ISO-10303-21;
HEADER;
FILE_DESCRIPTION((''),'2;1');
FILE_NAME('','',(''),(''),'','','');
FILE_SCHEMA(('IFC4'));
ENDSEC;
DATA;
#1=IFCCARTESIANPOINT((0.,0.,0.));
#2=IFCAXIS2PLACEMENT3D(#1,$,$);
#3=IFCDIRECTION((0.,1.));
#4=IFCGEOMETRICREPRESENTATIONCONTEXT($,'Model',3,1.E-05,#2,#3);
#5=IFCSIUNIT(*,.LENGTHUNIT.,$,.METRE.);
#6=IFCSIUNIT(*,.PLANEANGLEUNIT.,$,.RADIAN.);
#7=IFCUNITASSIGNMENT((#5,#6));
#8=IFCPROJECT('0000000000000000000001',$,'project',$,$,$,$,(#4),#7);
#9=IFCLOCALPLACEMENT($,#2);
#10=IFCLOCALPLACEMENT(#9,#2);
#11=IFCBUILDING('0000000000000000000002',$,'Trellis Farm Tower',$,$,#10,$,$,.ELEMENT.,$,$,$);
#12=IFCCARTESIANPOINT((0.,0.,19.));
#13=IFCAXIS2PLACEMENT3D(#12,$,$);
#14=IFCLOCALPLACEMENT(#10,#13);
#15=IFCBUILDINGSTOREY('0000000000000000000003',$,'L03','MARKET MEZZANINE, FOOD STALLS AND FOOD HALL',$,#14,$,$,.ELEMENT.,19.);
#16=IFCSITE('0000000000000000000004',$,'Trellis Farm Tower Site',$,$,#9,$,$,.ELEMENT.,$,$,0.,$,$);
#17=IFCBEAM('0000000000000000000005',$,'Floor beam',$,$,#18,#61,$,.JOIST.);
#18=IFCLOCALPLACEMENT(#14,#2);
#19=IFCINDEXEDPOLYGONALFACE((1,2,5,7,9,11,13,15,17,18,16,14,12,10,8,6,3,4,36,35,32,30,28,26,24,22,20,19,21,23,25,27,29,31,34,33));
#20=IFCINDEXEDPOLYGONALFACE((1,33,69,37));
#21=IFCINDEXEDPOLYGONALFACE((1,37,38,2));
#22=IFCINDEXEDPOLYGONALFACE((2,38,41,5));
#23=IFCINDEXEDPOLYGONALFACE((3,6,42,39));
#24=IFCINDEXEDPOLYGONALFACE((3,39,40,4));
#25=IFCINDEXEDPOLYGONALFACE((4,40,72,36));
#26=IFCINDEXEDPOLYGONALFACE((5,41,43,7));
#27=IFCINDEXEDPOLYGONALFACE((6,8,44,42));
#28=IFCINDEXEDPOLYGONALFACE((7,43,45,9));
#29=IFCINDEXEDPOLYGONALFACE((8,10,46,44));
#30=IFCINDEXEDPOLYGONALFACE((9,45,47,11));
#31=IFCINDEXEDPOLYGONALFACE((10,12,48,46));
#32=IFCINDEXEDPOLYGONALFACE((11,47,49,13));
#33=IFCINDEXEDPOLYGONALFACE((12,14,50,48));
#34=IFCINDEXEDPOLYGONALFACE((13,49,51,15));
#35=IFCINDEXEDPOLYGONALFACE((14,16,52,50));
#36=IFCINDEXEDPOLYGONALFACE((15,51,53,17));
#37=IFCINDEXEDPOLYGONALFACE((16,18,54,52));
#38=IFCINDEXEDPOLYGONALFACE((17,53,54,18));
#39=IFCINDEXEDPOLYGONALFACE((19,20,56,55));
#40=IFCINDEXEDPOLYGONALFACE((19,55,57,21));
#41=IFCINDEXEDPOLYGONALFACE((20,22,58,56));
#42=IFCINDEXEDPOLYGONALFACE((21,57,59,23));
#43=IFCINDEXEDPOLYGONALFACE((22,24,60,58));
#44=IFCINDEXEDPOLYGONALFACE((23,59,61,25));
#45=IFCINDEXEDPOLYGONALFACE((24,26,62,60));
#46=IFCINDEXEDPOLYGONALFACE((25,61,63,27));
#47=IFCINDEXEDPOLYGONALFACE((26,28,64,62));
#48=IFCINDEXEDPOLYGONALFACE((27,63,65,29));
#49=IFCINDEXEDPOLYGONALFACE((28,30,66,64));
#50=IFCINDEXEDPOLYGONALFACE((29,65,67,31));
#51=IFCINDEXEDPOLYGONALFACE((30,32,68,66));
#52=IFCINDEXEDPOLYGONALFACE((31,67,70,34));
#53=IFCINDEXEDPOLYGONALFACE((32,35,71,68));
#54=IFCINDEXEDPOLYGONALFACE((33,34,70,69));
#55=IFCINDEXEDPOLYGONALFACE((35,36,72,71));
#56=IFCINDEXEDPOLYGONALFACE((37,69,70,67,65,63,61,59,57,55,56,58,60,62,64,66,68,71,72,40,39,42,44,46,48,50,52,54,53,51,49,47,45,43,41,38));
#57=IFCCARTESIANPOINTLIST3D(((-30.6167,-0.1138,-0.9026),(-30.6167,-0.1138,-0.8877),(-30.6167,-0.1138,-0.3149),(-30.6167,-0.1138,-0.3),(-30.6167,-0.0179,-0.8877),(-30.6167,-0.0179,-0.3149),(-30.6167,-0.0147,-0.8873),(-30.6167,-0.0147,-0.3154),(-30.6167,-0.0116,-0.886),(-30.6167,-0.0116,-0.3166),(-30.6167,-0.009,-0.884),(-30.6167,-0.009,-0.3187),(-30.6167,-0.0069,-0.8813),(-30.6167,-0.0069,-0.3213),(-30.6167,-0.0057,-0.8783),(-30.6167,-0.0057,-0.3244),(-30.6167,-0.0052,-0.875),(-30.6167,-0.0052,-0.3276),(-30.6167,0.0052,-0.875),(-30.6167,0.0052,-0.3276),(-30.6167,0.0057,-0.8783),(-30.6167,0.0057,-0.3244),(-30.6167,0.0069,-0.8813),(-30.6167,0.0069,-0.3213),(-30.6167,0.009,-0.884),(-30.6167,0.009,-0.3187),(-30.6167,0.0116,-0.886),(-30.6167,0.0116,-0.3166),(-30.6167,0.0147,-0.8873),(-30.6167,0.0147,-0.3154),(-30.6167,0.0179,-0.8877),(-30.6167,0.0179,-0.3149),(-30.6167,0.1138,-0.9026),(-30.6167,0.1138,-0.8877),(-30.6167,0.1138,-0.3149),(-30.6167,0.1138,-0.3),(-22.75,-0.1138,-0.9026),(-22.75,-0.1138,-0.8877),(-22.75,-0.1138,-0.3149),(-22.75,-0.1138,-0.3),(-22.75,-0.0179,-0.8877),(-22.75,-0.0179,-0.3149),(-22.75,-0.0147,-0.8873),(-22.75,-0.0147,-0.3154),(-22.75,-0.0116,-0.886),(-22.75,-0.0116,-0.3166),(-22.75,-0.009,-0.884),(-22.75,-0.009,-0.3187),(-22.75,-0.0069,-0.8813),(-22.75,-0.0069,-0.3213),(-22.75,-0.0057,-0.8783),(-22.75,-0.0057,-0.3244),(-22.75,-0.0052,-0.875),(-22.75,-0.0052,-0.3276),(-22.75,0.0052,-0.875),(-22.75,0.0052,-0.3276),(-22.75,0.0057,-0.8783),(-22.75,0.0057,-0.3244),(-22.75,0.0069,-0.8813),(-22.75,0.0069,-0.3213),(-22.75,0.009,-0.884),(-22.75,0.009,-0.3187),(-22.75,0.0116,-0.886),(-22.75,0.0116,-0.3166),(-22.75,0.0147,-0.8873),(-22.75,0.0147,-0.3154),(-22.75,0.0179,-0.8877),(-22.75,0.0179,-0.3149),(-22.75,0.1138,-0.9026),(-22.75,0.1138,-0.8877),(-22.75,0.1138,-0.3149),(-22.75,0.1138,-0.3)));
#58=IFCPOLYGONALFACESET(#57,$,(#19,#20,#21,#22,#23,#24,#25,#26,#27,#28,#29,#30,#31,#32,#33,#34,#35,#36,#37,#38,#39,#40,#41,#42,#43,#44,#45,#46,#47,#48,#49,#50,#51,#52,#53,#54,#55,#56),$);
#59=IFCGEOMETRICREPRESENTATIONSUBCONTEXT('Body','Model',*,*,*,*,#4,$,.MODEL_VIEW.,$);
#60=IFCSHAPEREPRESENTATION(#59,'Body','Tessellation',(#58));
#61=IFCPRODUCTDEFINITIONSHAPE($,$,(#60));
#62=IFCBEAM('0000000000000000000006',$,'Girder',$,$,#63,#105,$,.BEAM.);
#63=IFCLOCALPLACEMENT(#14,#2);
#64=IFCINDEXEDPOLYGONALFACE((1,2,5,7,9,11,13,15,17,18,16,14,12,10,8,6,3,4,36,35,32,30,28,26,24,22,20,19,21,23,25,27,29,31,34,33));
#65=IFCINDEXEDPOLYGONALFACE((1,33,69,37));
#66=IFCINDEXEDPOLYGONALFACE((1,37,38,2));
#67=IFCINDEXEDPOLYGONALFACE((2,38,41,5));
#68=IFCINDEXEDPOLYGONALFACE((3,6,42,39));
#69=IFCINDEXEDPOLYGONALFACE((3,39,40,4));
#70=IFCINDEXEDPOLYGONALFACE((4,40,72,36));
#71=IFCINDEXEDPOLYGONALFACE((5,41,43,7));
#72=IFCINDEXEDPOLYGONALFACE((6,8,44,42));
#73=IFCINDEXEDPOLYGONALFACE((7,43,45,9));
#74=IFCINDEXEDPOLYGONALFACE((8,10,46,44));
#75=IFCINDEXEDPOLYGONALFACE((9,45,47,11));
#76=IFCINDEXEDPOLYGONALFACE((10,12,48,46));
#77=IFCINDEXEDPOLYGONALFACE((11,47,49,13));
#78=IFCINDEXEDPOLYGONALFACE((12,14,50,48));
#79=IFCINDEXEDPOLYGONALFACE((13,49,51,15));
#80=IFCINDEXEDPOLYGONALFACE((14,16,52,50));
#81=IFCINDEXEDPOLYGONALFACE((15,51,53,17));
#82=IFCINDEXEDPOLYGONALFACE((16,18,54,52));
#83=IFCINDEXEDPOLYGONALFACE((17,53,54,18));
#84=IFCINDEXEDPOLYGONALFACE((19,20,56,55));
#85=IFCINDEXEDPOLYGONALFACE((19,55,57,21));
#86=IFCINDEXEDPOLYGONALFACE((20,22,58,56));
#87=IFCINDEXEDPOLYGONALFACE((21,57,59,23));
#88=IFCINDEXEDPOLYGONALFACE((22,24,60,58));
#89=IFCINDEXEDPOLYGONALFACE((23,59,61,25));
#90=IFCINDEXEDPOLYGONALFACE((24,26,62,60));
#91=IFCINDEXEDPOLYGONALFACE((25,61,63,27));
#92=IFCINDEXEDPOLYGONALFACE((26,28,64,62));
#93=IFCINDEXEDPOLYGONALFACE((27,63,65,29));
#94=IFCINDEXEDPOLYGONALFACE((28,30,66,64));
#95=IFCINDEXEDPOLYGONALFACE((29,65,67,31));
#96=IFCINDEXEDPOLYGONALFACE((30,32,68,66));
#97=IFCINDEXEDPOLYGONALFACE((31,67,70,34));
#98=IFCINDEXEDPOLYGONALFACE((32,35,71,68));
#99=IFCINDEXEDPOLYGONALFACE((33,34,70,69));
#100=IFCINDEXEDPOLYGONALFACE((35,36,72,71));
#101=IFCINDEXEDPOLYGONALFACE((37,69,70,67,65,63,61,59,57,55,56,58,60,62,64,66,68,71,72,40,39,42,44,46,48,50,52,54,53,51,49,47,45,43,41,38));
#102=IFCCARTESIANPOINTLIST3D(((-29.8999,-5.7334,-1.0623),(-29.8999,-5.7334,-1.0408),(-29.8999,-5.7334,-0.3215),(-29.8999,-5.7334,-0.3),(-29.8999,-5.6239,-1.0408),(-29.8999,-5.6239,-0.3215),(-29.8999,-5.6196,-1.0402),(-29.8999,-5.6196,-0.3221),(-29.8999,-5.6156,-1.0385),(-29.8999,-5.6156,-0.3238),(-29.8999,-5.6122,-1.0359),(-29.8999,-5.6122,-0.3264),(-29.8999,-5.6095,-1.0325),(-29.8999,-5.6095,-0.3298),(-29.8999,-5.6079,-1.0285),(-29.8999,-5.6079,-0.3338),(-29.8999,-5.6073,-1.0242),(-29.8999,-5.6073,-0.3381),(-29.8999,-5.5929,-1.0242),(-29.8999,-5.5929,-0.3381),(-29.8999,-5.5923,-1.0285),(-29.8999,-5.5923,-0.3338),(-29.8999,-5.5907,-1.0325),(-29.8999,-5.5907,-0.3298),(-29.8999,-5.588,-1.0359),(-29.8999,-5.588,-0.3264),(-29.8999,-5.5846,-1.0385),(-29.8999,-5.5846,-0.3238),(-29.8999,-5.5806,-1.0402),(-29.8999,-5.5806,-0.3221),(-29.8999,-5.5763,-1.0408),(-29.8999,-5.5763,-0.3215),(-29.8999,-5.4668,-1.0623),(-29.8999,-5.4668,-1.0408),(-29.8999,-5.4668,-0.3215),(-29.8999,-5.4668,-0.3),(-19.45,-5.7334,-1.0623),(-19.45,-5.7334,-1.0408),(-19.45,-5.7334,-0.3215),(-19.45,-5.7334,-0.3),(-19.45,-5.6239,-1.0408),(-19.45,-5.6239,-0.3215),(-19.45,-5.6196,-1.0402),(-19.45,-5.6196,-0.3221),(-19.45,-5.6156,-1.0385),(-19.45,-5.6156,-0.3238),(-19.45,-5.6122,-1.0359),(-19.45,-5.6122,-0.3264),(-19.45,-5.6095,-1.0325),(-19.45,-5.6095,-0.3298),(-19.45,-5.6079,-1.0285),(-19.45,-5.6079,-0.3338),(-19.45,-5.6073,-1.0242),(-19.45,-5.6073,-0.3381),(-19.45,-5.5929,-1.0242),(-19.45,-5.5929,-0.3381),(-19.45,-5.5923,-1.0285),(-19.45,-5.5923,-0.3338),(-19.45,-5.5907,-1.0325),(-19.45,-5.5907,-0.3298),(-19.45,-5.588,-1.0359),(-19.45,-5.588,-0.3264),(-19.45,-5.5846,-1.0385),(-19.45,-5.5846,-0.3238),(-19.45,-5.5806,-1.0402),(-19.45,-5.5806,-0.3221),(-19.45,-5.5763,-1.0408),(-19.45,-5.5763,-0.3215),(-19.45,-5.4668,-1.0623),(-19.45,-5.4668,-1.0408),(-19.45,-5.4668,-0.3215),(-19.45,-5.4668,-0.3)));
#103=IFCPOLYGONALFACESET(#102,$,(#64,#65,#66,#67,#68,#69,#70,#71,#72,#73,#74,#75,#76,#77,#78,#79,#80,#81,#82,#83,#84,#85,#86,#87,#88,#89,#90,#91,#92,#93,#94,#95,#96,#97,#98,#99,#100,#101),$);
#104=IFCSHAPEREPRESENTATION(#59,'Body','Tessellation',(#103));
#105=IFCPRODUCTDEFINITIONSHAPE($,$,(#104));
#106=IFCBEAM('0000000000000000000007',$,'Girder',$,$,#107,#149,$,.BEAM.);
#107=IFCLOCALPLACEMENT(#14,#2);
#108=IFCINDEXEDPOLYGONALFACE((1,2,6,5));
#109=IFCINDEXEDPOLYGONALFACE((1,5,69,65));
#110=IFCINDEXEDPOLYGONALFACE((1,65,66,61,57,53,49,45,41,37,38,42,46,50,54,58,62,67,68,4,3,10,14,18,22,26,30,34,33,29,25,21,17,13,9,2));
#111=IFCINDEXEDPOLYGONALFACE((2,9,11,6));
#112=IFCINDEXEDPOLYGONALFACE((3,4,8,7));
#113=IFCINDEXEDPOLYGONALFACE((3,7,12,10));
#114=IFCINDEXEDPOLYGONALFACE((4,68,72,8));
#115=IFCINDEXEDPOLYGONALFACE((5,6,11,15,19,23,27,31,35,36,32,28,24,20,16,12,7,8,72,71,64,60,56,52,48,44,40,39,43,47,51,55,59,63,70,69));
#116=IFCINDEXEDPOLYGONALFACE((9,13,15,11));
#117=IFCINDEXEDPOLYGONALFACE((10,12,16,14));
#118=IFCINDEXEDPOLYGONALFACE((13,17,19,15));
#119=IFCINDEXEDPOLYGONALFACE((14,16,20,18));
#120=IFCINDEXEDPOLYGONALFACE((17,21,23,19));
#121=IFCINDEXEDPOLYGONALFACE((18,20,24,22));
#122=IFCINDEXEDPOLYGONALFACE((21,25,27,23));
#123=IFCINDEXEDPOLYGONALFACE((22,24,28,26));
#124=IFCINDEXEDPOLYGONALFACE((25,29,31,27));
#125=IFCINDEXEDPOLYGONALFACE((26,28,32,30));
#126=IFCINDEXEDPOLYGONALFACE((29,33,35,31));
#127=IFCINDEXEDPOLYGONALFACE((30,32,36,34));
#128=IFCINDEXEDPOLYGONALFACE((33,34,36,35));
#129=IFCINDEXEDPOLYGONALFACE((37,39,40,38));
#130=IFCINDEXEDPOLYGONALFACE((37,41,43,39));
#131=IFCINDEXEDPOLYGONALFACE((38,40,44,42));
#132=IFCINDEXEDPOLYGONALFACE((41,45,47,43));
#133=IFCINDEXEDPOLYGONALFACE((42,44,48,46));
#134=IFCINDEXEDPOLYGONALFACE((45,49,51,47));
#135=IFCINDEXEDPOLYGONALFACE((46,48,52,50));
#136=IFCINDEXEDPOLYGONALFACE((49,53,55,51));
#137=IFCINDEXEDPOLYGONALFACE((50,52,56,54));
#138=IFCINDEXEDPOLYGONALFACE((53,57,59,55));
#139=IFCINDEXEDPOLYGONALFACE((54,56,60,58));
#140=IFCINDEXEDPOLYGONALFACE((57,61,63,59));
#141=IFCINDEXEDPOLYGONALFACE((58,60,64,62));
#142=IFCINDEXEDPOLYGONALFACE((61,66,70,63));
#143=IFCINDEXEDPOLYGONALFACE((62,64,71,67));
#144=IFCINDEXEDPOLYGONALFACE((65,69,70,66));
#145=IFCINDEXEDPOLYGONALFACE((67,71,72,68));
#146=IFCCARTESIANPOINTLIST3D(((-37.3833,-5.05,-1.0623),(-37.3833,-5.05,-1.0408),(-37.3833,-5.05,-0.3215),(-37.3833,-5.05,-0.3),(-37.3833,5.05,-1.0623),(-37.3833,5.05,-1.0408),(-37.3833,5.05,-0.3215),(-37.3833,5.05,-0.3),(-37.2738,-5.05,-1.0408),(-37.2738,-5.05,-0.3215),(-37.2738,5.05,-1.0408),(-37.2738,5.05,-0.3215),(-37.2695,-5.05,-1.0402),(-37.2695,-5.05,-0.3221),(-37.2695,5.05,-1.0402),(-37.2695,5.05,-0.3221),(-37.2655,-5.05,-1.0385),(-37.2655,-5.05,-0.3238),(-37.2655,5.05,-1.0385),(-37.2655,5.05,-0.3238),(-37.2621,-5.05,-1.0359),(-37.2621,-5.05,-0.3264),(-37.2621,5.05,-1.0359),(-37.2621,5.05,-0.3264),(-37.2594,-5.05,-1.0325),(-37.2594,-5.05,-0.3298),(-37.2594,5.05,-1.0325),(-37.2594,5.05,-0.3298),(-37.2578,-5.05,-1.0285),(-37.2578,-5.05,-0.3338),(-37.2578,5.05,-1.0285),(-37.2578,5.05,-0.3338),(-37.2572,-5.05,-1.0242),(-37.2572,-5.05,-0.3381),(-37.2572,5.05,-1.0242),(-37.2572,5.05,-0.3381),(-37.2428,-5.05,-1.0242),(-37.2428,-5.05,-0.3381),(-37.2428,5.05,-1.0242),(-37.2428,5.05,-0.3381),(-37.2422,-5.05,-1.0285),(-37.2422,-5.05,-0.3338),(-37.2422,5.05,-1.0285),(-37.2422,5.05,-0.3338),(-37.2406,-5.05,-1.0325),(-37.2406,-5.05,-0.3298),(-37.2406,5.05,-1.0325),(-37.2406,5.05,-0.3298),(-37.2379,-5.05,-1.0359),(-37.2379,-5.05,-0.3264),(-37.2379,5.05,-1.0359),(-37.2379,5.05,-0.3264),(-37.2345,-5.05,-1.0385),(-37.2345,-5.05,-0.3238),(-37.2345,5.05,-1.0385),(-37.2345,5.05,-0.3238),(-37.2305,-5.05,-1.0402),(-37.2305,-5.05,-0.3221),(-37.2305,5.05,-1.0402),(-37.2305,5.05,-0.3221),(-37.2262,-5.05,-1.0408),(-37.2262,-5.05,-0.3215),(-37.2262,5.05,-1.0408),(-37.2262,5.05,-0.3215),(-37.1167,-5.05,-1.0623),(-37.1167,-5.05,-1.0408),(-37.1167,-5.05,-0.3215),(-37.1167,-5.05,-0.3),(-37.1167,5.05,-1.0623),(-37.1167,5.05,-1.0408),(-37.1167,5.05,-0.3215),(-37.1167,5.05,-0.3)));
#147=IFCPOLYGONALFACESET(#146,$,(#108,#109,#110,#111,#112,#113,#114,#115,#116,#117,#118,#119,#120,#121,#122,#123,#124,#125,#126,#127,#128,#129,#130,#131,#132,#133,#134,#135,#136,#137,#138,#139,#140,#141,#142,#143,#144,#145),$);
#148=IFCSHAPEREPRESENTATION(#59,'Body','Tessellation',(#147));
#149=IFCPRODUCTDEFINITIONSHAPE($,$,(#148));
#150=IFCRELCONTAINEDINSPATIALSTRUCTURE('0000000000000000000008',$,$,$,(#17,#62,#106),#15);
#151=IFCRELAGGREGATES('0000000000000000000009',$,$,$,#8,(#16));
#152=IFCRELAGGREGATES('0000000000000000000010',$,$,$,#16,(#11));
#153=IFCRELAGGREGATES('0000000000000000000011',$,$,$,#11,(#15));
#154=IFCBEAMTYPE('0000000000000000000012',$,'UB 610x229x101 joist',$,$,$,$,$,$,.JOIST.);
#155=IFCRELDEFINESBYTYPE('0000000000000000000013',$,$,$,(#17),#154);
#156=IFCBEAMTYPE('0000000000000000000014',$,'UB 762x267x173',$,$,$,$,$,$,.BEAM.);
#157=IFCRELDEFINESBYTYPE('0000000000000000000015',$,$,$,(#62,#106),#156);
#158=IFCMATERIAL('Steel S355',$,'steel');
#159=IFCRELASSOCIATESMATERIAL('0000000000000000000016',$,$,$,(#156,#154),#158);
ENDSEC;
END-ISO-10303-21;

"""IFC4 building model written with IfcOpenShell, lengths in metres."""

from ifc_helpers import new_model, si_unit, direction, frame, origin, origin_2d, place, context, subcontext, project, spatial, i_section, extrude, source, transform, mapped, material, material_profile, profile_set, type_object, element, save


model = new_model("IFC4")

# Units and contexts
model_context = context("Model", 3, precision=1e-05, world=origin(), true_north=direction((0.0, 1.0)))
body_context = subcontext(model_context, "Body", "Model", "MODEL_VIEW")
ifc_project = project(units=[si_unit("LENGTHUNIT", "METRE"), si_unit("PLANEANGLEUNIT", "RADIAN")], contexts=[model_context])

# Site, building, storey
site_placement = place(None, origin())
site = spatial("IfcSite", under=ifc_project, at=site_placement, Name="Trellis Farm Tower Site", CompositionType="ELEMENT", RefElevation=0.0)
building_placement = place(site_placement, origin())
building = spatial("IfcBuilding", under=site, at=building_placement, Name="Trellis Farm Tower", CompositionType="ELEMENT")
storey_placement = place(building_placement, frame((0.0, 0.0, 19.0)))
storey = spatial("IfcBuildingStorey", under=building, at=storey_placement, Name="L03", Description="MARKET MEZZANINE, FOOD STALLS AND FOOD HALL", CompositionType="ELEMENT", Elevation=19.0)

# Beams
ifc_material_1 = material(Name="Steel S355", Category="steel")
ifc_material_profile_1 = material_profile(ifc_material_1, i_section(OverallWidth=0.2666, OverallDepth=0.7622, WebThickness=0.0144, FlangeThickness=0.0215, FilletRadius=0.0166, at=origin_2d()), Name="UB 762x267x173")
ifc_profile_set_1 = profile_set([ifc_material_profile_1], Name="Steel S355")
beam_type_1 = type_object("IfcBeamType", Name="UB 762x267x173", PredefinedType="BEAM", material=ifc_profile_set_1)
ifc_material_profile_2 = material_profile(ifc_material_1, i_section(OverallWidth=0.2275, OverallDepth=0.6025, WebThickness=0.0105, FlangeThickness=0.0149, FilletRadius=0.0127, at=origin_2d()), Name="UB 610x229x101")
ifc_profile_set_2 = profile_set([ifc_material_profile_2], Name="Steel S355")
beam_type_2 = type_object("IfcBeamType", Name="UB 610x229x101 joist", PredefinedType="JOIST", material=ifc_profile_set_2)
shared_shape_1 = source(origin(), body_context, "Body", "SweptSolid", [
    extrude(i_section(OverallWidth=0.2275, OverallDepth=0.6025, WebThickness=0.0105, FlangeThickness=0.0149, FilletRadius=0.0127, at=origin_2d()), origin(), (0.0, 0.0, 1.0), 7.8667),
])
for number, where, z_axis, x_axis, name in (
    (1, (-30.6167, 0.0, -0.6013), (1.0, 0.0, 0.0), (0.0, 1.0, 0.0), "Floor beam"),
):
    element("IfcBeam", number, at=place(storey_placement, frame(where, z_axis=z_axis, x_axis=x_axis)), inside=storey, type_object=beam_type_2, Name=name, PredefinedType="JOIST", context=body_context, shape_type="MappedRepresentation", body=[
        mapped(shared_shape_1, transform((0.0, 0.0, 0.0))),
    ])
shared_shape_2 = source(origin(), body_context, "Body", "SweptSolid", [
    extrude(i_section(OverallWidth=0.2666, OverallDepth=0.7622, WebThickness=0.0144, FlangeThickness=0.0215, FilletRadius=0.0166, at=origin_2d()), origin(), (0.0, 0.0, 1.0), 10.45),
])
beam_1_placement = place(storey_placement, frame((-29.8999, -5.6001, -0.6812), z_axis=(1.0, 0.0, 0.0), x_axis=(0.0, 1.0, 0.0)))
element("IfcBeam", 2, at=beam_1_placement, inside=storey, type_object=beam_type_1, Name="Girder", PredefinedType="BEAM", context=body_context, shape_type="MappedRepresentation", body=[
    mapped(shared_shape_2, transform((0.0, 0.0, 0.0))),
])
shared_shape_3 = source(origin(), body_context, "Body", "SweptSolid", [
    extrude(i_section(OverallWidth=0.2666, OverallDepth=0.7622, WebThickness=0.0144, FlangeThickness=0.0215, FilletRadius=0.0166, at=origin_2d()), origin(), (0.0, 0.0, 1.0), 10.1001),
])
beam_2_placement = place(storey_placement, frame((-37.25, -5.05, -0.6812), z_axis=(0.0, 1.0, 0.0), x_axis=(-1.0, 0.0, 0.0)))
element("IfcBeam", 3, at=beam_2_placement, inside=storey, type_object=beam_type_1, Name="Girder", PredefinedType="BEAM", context=body_context, shape_type="MappedRepresentation", body=[
    mapped(shared_shape_3, transform((0.0, 0.0, 0.0))),
])

save(model, "model.ifc")
